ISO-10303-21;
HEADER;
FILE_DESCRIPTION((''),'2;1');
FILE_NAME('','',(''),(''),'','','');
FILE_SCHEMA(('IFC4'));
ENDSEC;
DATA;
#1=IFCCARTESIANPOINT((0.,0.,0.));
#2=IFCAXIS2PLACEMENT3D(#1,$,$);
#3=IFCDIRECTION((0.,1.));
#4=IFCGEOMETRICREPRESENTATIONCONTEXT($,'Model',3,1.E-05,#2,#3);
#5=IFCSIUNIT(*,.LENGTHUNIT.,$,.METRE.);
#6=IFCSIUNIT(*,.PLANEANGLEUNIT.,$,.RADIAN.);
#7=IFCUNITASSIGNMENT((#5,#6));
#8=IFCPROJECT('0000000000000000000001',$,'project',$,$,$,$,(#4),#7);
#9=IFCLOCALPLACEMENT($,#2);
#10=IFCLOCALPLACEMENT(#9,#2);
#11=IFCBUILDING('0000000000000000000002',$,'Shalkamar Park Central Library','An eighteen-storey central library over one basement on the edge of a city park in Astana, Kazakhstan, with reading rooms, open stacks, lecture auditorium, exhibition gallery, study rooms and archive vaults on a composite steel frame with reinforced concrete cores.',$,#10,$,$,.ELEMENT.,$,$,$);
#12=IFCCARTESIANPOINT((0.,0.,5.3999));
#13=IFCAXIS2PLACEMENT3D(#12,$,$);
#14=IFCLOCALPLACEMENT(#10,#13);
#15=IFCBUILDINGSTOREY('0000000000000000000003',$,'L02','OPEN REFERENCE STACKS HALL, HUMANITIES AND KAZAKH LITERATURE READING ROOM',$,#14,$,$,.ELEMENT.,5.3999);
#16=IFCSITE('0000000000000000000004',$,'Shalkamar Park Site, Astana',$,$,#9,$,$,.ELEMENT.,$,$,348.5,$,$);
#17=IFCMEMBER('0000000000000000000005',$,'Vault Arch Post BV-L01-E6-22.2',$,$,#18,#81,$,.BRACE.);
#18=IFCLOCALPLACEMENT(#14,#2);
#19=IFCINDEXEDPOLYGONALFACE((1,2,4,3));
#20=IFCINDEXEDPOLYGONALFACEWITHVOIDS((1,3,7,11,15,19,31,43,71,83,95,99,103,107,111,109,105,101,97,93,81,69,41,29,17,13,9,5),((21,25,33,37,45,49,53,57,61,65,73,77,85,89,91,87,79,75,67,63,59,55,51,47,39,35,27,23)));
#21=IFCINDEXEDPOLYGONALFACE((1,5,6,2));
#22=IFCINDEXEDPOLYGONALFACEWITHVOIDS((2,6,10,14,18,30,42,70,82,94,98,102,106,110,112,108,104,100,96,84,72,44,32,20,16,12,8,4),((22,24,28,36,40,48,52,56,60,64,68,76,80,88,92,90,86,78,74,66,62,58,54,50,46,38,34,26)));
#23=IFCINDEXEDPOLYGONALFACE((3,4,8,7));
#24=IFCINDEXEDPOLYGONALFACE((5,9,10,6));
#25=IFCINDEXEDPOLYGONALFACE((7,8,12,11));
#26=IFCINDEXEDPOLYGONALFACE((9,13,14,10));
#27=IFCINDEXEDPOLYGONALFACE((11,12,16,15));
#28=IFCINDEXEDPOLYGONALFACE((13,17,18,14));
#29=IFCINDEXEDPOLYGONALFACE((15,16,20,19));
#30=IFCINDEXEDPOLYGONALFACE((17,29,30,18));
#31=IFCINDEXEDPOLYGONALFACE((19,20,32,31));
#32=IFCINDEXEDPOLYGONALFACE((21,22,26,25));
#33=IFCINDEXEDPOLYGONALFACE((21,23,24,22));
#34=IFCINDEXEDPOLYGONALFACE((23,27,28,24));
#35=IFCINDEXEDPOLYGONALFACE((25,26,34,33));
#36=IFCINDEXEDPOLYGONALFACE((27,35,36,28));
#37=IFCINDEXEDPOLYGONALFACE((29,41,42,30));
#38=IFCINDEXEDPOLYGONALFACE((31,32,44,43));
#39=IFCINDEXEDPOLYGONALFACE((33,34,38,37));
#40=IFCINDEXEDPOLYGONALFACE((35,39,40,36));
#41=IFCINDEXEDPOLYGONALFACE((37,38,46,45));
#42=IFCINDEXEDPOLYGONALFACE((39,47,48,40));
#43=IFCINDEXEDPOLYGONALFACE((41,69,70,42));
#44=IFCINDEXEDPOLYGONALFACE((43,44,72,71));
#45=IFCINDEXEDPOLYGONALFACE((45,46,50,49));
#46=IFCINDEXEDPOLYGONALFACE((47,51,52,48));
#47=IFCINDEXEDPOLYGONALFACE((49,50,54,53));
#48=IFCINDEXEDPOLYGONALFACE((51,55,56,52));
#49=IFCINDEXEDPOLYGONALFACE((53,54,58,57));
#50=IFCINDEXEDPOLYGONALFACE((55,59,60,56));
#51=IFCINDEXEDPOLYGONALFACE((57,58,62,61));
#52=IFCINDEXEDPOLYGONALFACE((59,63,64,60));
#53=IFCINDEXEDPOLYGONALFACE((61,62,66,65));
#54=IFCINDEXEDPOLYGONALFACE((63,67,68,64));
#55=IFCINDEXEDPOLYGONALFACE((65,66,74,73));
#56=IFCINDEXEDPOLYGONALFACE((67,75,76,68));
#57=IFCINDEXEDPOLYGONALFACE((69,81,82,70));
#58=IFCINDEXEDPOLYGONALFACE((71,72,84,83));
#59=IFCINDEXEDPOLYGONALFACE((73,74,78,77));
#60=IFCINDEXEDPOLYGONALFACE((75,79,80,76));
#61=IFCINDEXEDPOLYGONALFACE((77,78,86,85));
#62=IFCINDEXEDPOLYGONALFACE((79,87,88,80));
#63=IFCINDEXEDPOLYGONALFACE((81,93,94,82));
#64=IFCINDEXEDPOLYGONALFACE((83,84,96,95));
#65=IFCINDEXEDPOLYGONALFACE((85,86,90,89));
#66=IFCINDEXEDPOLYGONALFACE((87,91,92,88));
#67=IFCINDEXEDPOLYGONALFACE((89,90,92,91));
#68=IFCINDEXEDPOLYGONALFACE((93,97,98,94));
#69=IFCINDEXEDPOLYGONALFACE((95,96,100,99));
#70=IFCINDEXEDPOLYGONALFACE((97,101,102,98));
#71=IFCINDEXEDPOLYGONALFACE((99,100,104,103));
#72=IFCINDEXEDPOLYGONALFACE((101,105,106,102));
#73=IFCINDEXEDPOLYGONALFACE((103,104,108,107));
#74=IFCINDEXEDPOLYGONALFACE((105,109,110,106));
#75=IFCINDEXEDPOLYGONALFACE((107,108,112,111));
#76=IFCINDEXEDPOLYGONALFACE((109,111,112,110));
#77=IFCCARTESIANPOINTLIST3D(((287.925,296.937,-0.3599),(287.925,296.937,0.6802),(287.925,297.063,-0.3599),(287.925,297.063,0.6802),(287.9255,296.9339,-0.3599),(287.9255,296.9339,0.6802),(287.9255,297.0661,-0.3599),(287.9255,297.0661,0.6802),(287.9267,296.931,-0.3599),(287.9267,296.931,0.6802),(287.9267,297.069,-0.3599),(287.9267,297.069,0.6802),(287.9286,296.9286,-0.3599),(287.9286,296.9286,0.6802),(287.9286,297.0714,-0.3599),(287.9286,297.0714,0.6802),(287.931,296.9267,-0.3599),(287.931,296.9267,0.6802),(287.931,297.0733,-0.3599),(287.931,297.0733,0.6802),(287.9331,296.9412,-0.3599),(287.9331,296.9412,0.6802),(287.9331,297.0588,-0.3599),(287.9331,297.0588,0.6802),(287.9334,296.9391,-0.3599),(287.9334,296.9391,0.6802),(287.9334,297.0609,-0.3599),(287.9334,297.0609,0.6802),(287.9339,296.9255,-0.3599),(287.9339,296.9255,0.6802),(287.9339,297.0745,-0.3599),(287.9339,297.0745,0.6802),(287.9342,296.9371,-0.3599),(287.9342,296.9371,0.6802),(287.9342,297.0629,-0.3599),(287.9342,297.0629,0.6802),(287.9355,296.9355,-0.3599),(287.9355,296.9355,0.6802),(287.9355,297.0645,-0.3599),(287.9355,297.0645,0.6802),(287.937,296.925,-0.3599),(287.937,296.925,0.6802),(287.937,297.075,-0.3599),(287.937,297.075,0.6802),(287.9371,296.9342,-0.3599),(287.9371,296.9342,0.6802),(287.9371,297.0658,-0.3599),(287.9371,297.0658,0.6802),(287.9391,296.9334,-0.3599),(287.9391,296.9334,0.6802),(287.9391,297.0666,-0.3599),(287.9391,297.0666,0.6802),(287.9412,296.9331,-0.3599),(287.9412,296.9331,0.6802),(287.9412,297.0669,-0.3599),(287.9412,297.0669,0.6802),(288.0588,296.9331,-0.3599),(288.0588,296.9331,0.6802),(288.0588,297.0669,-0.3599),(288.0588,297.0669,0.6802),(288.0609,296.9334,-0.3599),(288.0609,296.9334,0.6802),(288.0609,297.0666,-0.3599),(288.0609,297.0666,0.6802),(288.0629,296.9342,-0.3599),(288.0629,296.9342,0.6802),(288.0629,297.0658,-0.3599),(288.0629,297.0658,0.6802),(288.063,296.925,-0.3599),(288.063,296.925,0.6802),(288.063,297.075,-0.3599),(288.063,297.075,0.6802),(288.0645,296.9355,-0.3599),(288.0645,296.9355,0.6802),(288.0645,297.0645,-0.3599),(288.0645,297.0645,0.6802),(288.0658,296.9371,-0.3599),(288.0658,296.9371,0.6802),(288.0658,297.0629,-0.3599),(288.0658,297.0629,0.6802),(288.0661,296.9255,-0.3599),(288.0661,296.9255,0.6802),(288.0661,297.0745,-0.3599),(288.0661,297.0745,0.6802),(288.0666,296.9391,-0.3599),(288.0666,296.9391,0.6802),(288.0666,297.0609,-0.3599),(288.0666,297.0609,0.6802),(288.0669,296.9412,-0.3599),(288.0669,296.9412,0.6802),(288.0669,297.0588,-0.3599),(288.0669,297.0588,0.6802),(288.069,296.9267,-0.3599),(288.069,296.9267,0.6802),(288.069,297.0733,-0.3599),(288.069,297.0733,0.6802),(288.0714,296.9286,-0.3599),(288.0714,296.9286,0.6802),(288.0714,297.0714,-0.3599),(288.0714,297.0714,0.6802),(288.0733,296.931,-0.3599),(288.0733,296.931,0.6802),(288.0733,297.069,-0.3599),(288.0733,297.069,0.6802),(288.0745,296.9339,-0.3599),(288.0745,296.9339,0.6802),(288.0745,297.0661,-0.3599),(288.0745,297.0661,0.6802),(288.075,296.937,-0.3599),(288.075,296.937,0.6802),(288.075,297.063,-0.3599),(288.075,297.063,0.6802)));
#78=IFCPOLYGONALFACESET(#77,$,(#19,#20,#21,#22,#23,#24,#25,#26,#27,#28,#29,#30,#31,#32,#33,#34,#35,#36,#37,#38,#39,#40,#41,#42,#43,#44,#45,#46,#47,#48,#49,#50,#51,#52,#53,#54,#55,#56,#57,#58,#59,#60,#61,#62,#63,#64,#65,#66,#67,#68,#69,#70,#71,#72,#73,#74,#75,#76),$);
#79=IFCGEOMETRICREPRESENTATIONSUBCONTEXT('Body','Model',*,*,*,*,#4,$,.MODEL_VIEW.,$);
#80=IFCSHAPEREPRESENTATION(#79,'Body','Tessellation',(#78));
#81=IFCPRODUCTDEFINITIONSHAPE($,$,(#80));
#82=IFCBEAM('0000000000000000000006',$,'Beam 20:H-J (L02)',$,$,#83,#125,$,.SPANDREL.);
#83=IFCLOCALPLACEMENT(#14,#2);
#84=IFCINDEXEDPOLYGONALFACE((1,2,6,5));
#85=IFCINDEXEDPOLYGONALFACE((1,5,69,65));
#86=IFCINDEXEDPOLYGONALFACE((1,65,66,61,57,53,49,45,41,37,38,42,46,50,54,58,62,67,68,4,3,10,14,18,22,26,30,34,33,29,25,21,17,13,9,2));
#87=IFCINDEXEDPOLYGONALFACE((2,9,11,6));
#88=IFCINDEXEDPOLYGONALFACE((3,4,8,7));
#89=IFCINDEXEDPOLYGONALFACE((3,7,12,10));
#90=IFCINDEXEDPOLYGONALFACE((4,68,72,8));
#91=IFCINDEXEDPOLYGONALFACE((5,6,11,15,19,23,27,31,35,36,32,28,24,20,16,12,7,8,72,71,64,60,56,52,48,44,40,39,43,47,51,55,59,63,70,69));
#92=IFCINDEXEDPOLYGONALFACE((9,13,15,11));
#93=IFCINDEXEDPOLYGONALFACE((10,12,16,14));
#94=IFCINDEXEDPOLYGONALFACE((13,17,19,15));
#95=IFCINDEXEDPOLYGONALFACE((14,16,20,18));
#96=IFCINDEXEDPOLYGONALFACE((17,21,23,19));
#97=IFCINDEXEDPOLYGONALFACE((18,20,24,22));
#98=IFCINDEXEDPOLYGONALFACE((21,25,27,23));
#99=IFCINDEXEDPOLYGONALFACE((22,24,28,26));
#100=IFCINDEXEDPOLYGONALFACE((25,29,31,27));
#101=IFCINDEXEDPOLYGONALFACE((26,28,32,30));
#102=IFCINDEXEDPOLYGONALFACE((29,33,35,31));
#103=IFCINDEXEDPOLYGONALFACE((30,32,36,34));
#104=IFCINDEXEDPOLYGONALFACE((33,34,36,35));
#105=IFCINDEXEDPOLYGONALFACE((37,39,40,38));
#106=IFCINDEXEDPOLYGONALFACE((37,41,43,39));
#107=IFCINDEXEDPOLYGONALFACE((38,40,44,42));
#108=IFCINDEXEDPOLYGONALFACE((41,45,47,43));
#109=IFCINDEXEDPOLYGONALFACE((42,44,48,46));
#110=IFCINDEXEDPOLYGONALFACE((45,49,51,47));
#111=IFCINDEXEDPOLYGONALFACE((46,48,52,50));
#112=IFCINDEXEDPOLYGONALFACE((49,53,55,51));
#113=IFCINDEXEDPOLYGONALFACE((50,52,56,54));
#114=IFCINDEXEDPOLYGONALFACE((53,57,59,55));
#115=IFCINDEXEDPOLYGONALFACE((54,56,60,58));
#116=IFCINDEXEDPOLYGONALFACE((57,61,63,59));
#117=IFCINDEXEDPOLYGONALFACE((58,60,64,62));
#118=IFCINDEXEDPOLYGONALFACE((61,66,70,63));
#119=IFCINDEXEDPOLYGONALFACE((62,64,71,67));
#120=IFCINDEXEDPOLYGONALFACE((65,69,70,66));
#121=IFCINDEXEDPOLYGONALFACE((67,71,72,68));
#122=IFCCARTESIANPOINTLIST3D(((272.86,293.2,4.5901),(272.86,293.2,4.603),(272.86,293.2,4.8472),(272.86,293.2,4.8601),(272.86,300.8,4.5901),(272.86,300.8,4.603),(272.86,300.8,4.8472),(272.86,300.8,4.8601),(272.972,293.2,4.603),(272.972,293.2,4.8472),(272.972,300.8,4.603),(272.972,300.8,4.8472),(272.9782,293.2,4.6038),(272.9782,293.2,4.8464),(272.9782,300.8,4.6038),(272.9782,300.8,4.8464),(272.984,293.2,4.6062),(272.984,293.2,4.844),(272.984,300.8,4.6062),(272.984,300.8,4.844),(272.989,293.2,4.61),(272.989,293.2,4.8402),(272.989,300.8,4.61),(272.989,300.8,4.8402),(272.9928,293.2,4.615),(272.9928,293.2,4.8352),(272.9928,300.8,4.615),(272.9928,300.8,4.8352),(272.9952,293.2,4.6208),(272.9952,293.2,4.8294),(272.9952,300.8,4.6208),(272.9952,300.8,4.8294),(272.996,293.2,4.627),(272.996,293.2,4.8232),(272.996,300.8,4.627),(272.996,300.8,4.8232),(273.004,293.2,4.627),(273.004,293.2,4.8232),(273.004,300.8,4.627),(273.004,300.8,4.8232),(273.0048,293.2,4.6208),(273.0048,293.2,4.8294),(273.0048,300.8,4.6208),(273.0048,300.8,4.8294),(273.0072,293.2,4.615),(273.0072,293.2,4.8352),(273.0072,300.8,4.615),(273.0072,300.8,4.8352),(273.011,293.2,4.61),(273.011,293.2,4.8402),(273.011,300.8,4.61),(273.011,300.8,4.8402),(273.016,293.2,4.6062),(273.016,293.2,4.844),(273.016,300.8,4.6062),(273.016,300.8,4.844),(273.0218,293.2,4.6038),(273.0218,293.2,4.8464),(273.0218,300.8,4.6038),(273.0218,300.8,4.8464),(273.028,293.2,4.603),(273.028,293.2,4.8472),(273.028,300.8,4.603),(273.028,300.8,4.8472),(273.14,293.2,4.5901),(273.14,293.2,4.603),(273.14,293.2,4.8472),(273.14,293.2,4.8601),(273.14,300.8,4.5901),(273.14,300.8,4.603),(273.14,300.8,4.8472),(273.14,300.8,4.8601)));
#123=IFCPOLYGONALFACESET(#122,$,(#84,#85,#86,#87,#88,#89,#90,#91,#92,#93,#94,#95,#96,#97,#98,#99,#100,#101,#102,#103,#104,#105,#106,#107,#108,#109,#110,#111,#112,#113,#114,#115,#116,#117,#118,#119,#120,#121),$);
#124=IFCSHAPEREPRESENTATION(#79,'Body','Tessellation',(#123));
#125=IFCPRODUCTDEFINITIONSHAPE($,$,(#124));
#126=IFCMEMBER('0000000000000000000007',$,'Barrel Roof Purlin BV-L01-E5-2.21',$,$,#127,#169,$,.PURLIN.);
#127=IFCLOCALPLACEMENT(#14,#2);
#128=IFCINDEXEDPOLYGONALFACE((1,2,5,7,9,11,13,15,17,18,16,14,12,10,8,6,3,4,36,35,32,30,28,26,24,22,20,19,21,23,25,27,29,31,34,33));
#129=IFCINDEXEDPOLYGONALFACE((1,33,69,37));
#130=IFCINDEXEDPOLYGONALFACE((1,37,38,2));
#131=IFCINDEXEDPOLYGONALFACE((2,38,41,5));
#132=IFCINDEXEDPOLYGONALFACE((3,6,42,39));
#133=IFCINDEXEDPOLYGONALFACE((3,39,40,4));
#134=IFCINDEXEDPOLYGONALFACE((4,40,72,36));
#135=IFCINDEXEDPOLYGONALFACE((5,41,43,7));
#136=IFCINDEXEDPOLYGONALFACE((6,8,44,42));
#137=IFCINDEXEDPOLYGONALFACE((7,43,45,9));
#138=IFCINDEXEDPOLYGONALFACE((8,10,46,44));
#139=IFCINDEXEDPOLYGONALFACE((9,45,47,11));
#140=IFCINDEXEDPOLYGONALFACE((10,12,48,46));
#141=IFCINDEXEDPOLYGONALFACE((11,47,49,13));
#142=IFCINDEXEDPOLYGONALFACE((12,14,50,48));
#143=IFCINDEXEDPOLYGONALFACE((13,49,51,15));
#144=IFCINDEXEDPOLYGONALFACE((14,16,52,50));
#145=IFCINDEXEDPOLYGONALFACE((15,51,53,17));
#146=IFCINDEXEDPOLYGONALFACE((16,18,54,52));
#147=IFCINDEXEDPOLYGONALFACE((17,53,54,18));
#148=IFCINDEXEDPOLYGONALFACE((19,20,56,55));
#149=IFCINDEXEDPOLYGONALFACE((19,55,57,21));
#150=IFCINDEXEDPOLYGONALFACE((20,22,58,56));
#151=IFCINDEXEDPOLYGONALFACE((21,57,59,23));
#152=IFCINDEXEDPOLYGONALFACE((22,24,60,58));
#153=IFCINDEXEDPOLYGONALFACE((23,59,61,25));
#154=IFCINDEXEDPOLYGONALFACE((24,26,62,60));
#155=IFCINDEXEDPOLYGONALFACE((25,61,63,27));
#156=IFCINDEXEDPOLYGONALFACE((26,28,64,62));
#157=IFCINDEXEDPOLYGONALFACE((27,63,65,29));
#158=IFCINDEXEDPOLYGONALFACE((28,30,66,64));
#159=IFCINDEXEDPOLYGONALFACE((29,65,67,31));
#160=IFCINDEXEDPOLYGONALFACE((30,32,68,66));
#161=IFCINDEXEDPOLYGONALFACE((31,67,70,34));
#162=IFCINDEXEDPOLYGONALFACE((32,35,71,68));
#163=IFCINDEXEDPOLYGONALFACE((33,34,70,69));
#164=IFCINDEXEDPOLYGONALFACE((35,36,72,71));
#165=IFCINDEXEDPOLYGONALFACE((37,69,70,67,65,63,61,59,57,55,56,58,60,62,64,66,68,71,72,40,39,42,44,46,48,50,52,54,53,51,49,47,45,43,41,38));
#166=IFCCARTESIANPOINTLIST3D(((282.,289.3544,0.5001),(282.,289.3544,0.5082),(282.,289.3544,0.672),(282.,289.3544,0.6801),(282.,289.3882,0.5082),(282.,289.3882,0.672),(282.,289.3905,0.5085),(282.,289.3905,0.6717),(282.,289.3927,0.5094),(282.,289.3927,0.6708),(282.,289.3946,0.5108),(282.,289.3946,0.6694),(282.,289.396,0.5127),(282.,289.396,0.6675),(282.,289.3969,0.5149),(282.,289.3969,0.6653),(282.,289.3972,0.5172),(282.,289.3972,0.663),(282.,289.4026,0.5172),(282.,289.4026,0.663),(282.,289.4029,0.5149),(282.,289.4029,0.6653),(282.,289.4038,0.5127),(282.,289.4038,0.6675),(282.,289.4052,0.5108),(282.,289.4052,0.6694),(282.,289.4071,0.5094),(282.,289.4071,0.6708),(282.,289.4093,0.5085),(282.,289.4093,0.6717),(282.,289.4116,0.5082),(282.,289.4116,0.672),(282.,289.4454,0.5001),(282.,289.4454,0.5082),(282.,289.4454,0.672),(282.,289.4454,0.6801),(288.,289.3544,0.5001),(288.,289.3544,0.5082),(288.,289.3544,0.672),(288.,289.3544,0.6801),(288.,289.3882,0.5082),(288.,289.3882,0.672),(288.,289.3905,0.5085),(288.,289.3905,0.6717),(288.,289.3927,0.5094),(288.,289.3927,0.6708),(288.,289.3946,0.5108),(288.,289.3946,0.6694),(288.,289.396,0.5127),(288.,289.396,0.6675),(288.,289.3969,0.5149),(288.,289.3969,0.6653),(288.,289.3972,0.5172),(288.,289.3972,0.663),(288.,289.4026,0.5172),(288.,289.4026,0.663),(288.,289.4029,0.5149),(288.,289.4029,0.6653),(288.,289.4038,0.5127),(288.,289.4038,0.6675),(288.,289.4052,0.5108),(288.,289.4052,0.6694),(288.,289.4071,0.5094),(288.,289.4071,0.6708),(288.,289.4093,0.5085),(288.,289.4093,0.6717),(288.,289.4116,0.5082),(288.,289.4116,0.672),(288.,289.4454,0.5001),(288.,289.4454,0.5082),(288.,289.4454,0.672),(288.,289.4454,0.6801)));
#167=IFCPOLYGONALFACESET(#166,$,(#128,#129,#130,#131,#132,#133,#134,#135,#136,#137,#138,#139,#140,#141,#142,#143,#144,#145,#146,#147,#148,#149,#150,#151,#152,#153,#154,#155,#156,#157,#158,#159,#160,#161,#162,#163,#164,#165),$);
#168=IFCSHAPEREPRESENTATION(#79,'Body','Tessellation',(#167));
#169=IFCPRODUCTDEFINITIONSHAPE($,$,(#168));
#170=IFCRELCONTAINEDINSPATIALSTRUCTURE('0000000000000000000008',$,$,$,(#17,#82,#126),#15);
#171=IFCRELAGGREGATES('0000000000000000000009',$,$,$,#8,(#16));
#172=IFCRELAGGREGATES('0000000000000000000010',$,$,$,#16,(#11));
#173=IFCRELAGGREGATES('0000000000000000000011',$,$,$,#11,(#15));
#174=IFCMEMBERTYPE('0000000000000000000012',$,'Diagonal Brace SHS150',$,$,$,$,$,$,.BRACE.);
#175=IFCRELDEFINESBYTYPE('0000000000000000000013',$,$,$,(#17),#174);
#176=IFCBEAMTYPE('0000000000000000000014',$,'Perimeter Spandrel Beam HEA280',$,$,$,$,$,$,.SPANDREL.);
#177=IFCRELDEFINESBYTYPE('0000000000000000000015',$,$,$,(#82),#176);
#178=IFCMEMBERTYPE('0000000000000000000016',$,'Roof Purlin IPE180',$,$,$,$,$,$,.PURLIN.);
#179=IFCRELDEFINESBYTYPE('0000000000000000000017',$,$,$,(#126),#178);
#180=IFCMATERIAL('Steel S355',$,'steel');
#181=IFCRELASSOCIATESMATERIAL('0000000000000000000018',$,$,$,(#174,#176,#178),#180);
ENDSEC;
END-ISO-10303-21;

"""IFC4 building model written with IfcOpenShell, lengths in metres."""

from ifc_helpers import new_model, si_unit, direction, frame, origin, origin_2d, place, context, subcontext, project, spatial, hollow_rectangle, i_section, extrude, material, material_profile, profile_set, type_object, element, save


model = new_model("IFC4")

# Units and contexts
model_context = context("Model", 3, precision=1e-05, world=origin(), true_north=direction((0.0, 1.0)))
body_context = subcontext(model_context, "Body", "Model", "MODEL_VIEW")
ifc_project = project(units=[si_unit("LENGTHUNIT", "METRE"), si_unit("PLANEANGLEUNIT", "RADIAN")], contexts=[model_context])

# Site, building, storey
site_placement = place(None, origin())
site = spatial("IfcSite", under=ifc_project, at=site_placement, Name="Shalkamar Park Site, Astana", CompositionType="ELEMENT", RefElevation=348.5)
building_placement = place(site_placement, origin())
building = spatial("IfcBuilding", under=site, at=building_placement, Name="Shalkamar Park Central Library", Description="An eighteen-storey central library over one basement on the edge of a city park in Astana, Kazakhstan, with reading rooms, open stacks, lecture auditorium, exhibition gallery, study rooms and archive vaults on a composite steel frame with reinforced concrete cores.", CompositionType="ELEMENT")
storey_placement = place(building_placement, frame((0.0, 0.0, 5.3999)))
storey = spatial("IfcBuildingStorey", under=building, at=storey_placement, Name="L02", Description="OPEN REFERENCE STACKS HALL, HUMANITIES AND KAZAKH LITERATURE READING ROOM", CompositionType="ELEMENT", Elevation=5.3999)

# Shared definitions
ifc_material_1 = material(Name="Steel S355", Category="steel")

# Member
ifc_material_profile_1 = material_profile(ifc_material_1, hollow_rectangle(XDim=0.1499, YDim=0.1499, WallThickness=0.0081, InnerFilletRadius=0.0081, OuterFilletRadius=0.012, at=origin_2d()), Name="SHS 150x150x8")
ifc_profile_set_1 = profile_set([ifc_material_profile_1], Name="Steel S355")
member_type_1 = type_object("IfcMemberType", Name="Diagonal Brace SHS150", PredefinedType="BRACE", material=ifc_profile_set_1)
member_1_placement = place(storey_placement, frame((288.0, 297.0, -0.3599), z_axis=(0.0, 0.0, 1.0), x_axis=(1.0, 0.0, 0.0)))
element("IfcMember", 1, at=member_1_placement, inside=storey, type_object=member_type_1, Name="Vault Arch Post BV-L01-E6-22.2", PredefinedType="BRACE", context=body_context, shape_type="SweptSolid", body=[
    extrude(hollow_rectangle(XDim=0.1499, YDim=0.1499, WallThickness=0.0081, InnerFilletRadius=0.0081, OuterFilletRadius=0.012, at=origin_2d()), origin(), (0.0, 0.0, 1.0), 1.04),
])

# Beam
ifc_material_profile_2 = material_profile(ifc_material_1, i_section(OverallWidth=0.28, OverallDepth=0.27, WebThickness=0.0081, FlangeThickness=0.0129, FilletRadius=0.0239, at=origin_2d()), Name="HEA 280")
ifc_profile_set_2 = profile_set([ifc_material_profile_2], Name="Steel S355")
beam_type = type_object("IfcBeamType", Name="Perimeter Spandrel Beam HEA280", PredefinedType="SPANDREL", material=ifc_profile_set_2)
beam_placement = place(storey_placement, frame((273.0, 293.2, 4.7251), z_axis=(0.0, 1.0, 0.0), x_axis=(-1.0, 0.0, 0.0)))
element("IfcBeam", 2, at=beam_placement, inside=storey, type_object=beam_type, Name="Beam 20:H-J (L02)", PredefinedType="SPANDREL", context=body_context, shape_type="SweptSolid", body=[
    extrude(i_section(OverallWidth=0.28, OverallDepth=0.27, WebThickness=0.0081, FlangeThickness=0.0129, FilletRadius=0.0239, at=origin_2d()), origin(), (0.0, 0.0, 1.0), 7.6001),
])

# Member
ifc_material_profile_3 = material_profile(ifc_material_1, i_section(OverallWidth=0.0911, OverallDepth=0.1799, WebThickness=0.0054, FlangeThickness=0.0081, FilletRadius=0.009, at=origin_2d()), Name="IPE 180")
ifc_profile_set_3 = profile_set([ifc_material_profile_3], Name="Steel S355")
member_type_2 = type_object("IfcMemberType", Name="Roof Purlin IPE180", PredefinedType="PURLIN", material=ifc_profile_set_3)
member_2_placement = place(storey_placement, frame((282.0, 289.3999, 0.5901), z_axis=(1.0, 0.0, 0.0), x_axis=(0.0, 1.0, 0.0)))
element("IfcMember", 3, at=member_2_placement, inside=storey, type_object=member_type_2, Name="Barrel Roof Purlin BV-L01-E5-2.21", PredefinedType="PURLIN", context=body_context, shape_type="SweptSolid", body=[
    extrude(i_section(OverallWidth=0.0911, OverallDepth=0.1799, WebThickness=0.0054, FlangeThickness=0.0081, FilletRadius=0.009, at=origin_2d()), origin(), (0.0, 0.0, 1.0), 6.0),
])

save(model, "model.ifc")
